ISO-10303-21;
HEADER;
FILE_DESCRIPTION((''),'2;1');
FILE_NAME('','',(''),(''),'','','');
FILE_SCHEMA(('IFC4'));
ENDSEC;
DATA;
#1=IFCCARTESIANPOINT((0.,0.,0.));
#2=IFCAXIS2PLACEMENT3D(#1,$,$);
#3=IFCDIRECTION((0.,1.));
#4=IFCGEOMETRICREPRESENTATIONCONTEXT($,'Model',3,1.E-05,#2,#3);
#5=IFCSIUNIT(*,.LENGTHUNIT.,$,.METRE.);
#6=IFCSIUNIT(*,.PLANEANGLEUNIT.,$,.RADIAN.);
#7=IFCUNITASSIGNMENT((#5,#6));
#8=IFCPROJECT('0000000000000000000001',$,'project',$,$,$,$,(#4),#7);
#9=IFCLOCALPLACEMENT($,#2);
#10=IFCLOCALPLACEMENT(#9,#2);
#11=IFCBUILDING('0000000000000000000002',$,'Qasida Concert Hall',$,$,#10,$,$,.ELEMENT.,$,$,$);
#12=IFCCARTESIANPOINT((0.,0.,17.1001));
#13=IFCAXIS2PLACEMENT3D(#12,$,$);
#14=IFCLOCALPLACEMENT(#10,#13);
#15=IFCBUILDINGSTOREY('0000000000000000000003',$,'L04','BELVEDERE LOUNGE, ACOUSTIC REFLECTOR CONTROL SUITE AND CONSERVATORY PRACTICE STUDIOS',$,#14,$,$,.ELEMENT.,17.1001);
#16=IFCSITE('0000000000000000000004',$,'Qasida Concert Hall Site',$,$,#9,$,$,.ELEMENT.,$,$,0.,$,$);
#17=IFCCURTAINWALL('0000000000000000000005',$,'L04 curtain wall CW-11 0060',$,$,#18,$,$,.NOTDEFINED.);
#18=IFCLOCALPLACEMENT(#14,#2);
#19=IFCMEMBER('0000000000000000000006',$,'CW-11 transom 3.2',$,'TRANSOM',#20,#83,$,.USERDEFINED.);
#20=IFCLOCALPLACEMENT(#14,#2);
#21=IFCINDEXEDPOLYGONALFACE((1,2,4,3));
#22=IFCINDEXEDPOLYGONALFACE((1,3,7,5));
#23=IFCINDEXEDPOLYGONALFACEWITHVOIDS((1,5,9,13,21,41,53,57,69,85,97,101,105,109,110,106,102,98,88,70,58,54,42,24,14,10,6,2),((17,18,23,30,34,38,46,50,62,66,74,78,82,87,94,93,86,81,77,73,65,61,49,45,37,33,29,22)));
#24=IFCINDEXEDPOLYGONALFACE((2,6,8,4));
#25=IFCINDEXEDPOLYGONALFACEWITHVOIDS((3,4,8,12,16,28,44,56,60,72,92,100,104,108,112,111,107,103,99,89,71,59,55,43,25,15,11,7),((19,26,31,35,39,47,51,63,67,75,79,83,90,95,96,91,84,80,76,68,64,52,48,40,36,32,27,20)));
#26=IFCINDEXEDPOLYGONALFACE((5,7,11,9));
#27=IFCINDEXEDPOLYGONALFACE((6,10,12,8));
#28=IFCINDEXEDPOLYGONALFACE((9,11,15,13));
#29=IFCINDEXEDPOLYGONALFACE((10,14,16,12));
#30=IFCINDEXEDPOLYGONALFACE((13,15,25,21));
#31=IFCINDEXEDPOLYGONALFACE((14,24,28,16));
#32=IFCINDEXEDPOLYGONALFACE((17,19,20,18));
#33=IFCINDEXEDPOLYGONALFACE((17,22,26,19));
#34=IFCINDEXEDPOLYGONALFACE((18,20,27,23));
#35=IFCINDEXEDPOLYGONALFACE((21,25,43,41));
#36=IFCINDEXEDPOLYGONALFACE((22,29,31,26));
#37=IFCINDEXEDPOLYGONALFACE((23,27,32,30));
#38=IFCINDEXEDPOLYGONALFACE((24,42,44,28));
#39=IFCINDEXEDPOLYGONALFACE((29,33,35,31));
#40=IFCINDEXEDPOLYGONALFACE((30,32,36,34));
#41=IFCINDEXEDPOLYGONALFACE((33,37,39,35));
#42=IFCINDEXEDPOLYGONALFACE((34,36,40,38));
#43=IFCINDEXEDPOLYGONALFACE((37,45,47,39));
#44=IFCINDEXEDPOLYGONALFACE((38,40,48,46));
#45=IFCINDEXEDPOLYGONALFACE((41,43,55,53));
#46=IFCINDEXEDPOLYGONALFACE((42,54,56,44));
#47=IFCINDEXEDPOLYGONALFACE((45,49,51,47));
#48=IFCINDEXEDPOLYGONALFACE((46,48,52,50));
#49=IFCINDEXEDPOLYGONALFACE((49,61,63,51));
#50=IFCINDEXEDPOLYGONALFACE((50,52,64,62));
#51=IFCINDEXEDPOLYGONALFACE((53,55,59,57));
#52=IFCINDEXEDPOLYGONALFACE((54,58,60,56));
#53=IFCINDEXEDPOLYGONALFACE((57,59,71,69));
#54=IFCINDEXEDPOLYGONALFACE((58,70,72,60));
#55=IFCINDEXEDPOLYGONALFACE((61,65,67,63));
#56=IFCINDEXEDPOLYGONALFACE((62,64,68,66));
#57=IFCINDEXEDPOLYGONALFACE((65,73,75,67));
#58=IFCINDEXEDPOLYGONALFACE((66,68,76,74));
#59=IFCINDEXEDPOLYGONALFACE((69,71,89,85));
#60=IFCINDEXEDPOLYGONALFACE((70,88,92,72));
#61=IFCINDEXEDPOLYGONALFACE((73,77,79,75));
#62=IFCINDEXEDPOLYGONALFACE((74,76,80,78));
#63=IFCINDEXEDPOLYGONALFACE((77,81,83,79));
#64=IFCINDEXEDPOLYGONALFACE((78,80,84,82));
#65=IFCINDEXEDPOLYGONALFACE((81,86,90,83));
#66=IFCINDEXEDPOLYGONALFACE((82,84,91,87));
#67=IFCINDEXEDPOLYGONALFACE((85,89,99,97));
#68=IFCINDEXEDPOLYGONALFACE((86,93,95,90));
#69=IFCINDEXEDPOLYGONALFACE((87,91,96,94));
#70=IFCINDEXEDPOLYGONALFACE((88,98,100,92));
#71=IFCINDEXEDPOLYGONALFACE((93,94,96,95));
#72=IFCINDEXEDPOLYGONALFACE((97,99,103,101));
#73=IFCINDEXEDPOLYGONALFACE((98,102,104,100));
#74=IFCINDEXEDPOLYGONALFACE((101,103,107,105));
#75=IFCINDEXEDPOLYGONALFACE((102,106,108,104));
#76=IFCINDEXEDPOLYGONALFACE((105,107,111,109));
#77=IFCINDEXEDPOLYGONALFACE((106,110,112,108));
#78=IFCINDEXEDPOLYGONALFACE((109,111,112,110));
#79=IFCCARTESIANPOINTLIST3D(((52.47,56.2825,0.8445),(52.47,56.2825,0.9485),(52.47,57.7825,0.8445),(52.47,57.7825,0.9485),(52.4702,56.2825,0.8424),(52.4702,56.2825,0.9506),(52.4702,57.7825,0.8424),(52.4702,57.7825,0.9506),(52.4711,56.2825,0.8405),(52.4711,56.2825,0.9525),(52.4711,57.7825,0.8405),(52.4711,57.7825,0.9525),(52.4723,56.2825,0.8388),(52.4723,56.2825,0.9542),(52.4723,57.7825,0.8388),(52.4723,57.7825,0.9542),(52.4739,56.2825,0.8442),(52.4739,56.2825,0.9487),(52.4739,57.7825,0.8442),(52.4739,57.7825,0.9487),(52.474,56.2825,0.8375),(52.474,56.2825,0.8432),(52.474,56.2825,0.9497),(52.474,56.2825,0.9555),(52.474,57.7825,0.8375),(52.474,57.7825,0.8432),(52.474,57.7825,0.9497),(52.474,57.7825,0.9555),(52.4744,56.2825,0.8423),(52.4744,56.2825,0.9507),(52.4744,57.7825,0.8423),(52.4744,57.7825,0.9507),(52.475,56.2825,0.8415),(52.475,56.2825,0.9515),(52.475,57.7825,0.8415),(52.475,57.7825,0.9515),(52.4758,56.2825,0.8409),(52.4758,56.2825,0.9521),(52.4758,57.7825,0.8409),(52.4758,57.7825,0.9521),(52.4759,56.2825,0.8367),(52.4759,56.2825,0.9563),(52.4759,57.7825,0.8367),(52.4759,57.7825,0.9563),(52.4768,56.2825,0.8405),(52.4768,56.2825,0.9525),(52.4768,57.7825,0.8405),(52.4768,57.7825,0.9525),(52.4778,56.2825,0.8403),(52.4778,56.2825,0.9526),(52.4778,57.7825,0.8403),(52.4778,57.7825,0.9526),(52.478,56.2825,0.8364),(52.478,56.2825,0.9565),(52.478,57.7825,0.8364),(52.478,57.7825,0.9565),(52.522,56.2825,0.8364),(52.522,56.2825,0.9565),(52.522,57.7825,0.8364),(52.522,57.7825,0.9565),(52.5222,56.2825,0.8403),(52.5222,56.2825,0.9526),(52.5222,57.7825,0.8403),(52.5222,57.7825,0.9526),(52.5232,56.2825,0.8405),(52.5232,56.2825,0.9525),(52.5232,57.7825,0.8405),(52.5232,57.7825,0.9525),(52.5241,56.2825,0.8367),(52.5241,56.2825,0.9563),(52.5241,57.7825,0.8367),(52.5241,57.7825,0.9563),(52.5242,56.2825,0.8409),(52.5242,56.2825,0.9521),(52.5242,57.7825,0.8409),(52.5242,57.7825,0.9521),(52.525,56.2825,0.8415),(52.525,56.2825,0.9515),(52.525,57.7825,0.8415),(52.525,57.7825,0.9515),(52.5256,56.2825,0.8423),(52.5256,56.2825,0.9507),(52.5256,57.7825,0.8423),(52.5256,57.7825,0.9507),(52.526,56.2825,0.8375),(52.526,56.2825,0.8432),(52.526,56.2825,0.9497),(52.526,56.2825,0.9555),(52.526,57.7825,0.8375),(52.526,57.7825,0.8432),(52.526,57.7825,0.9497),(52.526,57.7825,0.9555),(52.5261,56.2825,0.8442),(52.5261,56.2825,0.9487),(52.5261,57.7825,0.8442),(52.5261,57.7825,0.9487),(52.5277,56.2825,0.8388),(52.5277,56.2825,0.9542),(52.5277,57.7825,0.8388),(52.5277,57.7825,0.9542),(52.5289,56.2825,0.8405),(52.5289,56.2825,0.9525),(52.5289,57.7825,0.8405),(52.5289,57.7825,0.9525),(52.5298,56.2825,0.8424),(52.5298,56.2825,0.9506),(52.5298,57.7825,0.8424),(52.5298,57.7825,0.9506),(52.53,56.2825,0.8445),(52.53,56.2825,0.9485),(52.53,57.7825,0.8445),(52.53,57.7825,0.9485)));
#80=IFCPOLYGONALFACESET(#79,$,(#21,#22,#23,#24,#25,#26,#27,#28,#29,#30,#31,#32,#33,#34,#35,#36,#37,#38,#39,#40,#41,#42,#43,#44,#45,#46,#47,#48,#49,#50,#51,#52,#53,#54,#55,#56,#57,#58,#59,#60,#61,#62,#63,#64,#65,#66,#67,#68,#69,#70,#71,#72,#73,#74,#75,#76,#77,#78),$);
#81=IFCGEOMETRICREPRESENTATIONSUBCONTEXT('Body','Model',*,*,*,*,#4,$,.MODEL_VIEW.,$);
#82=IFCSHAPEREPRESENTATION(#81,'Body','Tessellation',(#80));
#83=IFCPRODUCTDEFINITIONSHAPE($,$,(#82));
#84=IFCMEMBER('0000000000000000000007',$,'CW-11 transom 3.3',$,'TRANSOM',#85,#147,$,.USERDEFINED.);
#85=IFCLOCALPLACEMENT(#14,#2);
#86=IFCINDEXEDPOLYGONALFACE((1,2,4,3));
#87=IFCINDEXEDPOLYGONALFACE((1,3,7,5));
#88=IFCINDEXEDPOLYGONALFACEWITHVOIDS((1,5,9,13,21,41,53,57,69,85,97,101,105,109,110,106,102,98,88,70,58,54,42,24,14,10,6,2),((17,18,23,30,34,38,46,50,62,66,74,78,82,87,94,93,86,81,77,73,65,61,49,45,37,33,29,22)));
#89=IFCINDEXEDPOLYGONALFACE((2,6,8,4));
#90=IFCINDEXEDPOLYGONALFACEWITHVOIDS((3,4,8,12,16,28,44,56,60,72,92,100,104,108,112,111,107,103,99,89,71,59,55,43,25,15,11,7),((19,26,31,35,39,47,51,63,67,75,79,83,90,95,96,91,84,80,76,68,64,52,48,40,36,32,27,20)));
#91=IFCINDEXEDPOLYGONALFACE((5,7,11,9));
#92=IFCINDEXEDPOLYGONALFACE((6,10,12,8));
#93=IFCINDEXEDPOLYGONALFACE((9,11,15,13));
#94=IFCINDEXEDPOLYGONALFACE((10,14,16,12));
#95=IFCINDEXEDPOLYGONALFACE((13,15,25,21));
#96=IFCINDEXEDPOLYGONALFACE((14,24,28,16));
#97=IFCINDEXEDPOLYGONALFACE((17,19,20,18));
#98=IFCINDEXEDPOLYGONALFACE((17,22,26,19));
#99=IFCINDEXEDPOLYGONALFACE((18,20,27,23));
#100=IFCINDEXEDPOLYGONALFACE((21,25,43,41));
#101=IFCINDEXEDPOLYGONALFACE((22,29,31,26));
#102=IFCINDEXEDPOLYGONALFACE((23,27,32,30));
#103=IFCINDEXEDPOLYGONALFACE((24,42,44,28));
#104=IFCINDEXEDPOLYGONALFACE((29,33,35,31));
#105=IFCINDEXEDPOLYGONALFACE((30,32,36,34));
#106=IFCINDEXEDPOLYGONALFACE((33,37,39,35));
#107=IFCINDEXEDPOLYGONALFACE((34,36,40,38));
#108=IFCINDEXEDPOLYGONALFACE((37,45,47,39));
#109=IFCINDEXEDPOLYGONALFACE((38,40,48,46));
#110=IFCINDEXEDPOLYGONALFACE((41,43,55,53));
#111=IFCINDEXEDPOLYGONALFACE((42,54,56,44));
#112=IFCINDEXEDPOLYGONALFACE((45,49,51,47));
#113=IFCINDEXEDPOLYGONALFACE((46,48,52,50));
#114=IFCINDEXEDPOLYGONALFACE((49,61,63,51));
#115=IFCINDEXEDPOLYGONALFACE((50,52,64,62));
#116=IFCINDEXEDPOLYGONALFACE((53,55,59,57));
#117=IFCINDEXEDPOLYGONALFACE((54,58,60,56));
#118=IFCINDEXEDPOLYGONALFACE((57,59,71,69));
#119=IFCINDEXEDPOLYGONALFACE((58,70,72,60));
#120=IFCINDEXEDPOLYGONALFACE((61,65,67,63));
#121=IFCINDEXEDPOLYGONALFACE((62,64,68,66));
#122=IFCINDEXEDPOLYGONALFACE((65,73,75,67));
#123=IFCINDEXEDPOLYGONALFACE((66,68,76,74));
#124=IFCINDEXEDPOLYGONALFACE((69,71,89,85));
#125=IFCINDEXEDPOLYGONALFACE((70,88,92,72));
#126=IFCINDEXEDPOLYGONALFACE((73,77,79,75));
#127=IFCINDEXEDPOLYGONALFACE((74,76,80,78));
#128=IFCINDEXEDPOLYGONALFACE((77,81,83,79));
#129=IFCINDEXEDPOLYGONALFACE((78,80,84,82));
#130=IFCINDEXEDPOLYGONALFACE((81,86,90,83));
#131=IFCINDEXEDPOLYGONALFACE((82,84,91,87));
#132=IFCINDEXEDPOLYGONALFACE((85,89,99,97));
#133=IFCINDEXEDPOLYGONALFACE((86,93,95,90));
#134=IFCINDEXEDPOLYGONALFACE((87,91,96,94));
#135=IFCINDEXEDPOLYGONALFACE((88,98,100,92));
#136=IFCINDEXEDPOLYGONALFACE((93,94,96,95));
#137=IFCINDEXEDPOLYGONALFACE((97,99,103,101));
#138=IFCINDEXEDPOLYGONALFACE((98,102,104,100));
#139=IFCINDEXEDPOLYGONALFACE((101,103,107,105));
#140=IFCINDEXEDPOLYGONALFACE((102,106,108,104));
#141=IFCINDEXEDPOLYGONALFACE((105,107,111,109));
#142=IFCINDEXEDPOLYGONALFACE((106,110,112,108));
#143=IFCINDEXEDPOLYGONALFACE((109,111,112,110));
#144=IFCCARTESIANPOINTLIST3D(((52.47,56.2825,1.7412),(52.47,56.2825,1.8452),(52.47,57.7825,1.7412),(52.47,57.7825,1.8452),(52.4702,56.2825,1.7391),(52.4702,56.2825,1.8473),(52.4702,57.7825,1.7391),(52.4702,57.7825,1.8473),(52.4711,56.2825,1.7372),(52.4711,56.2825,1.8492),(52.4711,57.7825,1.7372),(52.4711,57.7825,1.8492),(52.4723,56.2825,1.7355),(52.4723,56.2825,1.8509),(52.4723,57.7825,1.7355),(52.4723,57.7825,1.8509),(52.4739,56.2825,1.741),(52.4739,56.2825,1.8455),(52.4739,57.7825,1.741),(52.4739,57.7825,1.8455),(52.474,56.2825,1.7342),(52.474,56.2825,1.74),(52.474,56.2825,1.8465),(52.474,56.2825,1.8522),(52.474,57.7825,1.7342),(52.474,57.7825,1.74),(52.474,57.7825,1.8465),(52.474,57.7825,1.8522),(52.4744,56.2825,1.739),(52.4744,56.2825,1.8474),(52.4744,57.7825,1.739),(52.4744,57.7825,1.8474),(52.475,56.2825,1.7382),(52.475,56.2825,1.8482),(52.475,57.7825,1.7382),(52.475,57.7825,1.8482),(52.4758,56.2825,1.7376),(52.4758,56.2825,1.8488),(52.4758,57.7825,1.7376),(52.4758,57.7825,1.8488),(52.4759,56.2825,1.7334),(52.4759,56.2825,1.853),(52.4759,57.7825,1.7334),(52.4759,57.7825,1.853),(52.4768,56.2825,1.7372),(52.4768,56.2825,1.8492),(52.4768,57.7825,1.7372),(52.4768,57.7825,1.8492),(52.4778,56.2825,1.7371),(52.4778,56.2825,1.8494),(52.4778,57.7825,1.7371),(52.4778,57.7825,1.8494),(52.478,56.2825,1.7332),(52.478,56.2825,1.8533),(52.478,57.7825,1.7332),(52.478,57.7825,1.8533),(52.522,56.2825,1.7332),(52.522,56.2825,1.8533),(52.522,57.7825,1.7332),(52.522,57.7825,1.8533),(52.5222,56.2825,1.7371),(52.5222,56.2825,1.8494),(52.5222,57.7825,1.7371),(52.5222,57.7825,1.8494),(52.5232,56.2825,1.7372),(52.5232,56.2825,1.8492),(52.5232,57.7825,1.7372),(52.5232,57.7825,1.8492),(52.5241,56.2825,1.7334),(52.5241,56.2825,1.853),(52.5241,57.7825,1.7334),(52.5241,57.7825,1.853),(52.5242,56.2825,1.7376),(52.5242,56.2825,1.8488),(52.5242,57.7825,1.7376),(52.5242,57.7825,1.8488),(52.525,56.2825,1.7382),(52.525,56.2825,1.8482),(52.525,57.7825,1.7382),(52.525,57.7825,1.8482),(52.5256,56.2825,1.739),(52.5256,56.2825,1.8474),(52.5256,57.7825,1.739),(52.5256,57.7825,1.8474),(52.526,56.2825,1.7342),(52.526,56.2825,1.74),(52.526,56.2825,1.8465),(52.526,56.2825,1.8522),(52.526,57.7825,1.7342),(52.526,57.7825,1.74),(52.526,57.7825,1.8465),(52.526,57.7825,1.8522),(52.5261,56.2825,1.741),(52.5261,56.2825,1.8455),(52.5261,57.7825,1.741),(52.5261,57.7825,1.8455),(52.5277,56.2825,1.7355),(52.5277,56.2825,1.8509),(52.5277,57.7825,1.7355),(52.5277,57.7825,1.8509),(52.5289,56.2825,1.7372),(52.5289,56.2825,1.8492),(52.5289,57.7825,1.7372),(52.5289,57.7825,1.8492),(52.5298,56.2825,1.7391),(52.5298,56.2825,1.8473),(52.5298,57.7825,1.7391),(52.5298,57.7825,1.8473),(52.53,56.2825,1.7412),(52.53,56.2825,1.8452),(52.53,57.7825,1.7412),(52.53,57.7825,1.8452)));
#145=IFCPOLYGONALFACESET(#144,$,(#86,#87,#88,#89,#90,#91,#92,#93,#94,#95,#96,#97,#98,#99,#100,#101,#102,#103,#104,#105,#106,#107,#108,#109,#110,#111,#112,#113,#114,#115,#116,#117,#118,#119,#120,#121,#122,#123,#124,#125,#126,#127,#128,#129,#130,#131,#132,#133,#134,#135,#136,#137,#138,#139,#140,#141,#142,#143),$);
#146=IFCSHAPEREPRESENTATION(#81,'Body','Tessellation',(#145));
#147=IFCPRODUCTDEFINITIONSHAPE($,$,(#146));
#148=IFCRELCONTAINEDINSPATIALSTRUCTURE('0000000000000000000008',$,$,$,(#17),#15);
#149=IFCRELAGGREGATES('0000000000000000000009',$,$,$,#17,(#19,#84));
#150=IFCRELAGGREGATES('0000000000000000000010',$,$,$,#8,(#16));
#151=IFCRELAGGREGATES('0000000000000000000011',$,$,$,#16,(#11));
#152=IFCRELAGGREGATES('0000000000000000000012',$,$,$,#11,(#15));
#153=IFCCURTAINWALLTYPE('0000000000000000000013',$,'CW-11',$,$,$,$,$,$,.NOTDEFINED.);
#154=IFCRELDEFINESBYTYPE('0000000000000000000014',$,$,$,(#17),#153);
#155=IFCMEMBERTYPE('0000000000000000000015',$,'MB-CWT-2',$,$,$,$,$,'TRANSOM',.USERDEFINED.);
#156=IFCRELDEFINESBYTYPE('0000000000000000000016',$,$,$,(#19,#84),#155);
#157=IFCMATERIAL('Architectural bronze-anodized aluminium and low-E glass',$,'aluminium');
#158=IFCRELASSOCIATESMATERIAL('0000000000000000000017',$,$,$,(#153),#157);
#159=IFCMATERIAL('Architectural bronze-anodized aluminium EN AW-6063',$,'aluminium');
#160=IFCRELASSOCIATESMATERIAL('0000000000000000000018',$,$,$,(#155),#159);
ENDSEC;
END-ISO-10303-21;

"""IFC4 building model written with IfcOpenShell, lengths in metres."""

from ifc_helpers import new_model, si_unit, direction, frame, origin, origin_2d, place, context, subcontext, project, spatial, hollow_rectangle, extrude, material, material_profile, profile_set, type_object, element, aggregate, save


model = new_model("IFC4")

# Units and contexts
model_context = context("Model", 3, precision=1e-05, world=origin(), true_north=direction((0.0, 1.0)))
body_context = subcontext(model_context, "Body", "Model", "MODEL_VIEW")
ifc_project = project(units=[si_unit("LENGTHUNIT", "METRE"), si_unit("PLANEANGLEUNIT", "RADIAN")], contexts=[model_context])

# Site, building, storey
site_placement = place(None, origin())
site = spatial("IfcSite", under=ifc_project, at=site_placement, Name="Qasida Concert Hall Site", CompositionType="ELEMENT", RefElevation=0.0)
building_placement = place(site_placement, origin())
building = spatial("IfcBuilding", under=site, at=building_placement, Name="Qasida Concert Hall", CompositionType="ELEMENT")
storey_placement = place(building_placement, frame((0.0, 0.0, 17.1001)))
storey = spatial("IfcBuildingStorey", under=building, at=storey_placement, Name="L04", Description="BELVEDERE LOUNGE, ACOUSTIC REFLECTOR CONTROL SUITE AND CONSERVATORY PRACTICE STUDIOS", CompositionType="ELEMENT", Elevation=17.1001)

# Curtain wall, members
ifc_material_1 = material(Name="Architectural bronze-anodized aluminium and low-E glass", Category="aluminium")
curtain_wall_type = type_object("IfcCurtainWallType", Name="CW-11", PredefinedType="NOTDEFINED", material=ifc_material_1)
curtain_wall_placement = place(storey_placement, origin())
curtain_wall = element("IfcCurtainWall", 1, at=curtain_wall_placement, inside=storey, type_object=curtain_wall_type, Name="L04 curtain wall CW-11 0060", PredefinedType="NOTDEFINED")
ifc_material_2 = material(Name="Architectural bronze-anodized aluminium EN AW-6063", Category="aluminium")
ifc_material_profile_1 = material_profile(ifc_material_2, hollow_rectangle(XDim=0.0601, YDim=0.1201, WallThickness=0.0039, InnerFilletRadius=0.0039, OuterFilletRadius=0.0081, at=origin_2d()), Name="CWT 120x60x4")
ifc_profile_set_1 = profile_set([ifc_material_profile_1], Name="Architectural bronze-anodized aluminium EN AW-6063")
member_type_1 = type_object("IfcMemberType", Name="MB-CWT-2", ElementType="TRANSOM", PredefinedType="USERDEFINED", material=ifc_profile_set_1)
member_1_placement = place(storey_placement, frame((52.5, 56.2825, 0.8965), z_axis=(0.0, 1.0, 0.0), x_axis=(-1.0, 0.0, 0.0)))
member_1 = element("IfcMember", 2, at=member_1_placement, type_object=member_type_1, Name="CW-11 transom 3.2", ObjectType="TRANSOM", PredefinedType="USERDEFINED", context=body_context, shape_type="SweptSolid", body=[
    extrude(hollow_rectangle(XDim=0.0601, YDim=0.1201, WallThickness=0.0039, InnerFilletRadius=0.0039, OuterFilletRadius=0.0081, at=origin_2d()), origin(), (0.0, 0.0, 1.0), 1.5),
])
member_2_placement = place(storey_placement, frame((52.5, 56.2825, 1.7932), z_axis=(0.0, 1.0, 0.0), x_axis=(-1.0, 0.0, 0.0)))
member_2 = element("IfcMember", 3, at=member_2_placement, type_object=member_type_1, Name="CW-11 transom 3.3", ObjectType="TRANSOM", PredefinedType="USERDEFINED", context=body_context, shape_type="SweptSolid", body=[
    extrude(hollow_rectangle(XDim=0.0601, YDim=0.1201, WallThickness=0.0039, InnerFilletRadius=0.0039, OuterFilletRadius=0.0081, at=origin_2d()), origin(), (0.0, 0.0, 1.0), 1.5),
])
aggregate(curtain_wall, [member_1, member_2])

save(model, "model.ifc")
